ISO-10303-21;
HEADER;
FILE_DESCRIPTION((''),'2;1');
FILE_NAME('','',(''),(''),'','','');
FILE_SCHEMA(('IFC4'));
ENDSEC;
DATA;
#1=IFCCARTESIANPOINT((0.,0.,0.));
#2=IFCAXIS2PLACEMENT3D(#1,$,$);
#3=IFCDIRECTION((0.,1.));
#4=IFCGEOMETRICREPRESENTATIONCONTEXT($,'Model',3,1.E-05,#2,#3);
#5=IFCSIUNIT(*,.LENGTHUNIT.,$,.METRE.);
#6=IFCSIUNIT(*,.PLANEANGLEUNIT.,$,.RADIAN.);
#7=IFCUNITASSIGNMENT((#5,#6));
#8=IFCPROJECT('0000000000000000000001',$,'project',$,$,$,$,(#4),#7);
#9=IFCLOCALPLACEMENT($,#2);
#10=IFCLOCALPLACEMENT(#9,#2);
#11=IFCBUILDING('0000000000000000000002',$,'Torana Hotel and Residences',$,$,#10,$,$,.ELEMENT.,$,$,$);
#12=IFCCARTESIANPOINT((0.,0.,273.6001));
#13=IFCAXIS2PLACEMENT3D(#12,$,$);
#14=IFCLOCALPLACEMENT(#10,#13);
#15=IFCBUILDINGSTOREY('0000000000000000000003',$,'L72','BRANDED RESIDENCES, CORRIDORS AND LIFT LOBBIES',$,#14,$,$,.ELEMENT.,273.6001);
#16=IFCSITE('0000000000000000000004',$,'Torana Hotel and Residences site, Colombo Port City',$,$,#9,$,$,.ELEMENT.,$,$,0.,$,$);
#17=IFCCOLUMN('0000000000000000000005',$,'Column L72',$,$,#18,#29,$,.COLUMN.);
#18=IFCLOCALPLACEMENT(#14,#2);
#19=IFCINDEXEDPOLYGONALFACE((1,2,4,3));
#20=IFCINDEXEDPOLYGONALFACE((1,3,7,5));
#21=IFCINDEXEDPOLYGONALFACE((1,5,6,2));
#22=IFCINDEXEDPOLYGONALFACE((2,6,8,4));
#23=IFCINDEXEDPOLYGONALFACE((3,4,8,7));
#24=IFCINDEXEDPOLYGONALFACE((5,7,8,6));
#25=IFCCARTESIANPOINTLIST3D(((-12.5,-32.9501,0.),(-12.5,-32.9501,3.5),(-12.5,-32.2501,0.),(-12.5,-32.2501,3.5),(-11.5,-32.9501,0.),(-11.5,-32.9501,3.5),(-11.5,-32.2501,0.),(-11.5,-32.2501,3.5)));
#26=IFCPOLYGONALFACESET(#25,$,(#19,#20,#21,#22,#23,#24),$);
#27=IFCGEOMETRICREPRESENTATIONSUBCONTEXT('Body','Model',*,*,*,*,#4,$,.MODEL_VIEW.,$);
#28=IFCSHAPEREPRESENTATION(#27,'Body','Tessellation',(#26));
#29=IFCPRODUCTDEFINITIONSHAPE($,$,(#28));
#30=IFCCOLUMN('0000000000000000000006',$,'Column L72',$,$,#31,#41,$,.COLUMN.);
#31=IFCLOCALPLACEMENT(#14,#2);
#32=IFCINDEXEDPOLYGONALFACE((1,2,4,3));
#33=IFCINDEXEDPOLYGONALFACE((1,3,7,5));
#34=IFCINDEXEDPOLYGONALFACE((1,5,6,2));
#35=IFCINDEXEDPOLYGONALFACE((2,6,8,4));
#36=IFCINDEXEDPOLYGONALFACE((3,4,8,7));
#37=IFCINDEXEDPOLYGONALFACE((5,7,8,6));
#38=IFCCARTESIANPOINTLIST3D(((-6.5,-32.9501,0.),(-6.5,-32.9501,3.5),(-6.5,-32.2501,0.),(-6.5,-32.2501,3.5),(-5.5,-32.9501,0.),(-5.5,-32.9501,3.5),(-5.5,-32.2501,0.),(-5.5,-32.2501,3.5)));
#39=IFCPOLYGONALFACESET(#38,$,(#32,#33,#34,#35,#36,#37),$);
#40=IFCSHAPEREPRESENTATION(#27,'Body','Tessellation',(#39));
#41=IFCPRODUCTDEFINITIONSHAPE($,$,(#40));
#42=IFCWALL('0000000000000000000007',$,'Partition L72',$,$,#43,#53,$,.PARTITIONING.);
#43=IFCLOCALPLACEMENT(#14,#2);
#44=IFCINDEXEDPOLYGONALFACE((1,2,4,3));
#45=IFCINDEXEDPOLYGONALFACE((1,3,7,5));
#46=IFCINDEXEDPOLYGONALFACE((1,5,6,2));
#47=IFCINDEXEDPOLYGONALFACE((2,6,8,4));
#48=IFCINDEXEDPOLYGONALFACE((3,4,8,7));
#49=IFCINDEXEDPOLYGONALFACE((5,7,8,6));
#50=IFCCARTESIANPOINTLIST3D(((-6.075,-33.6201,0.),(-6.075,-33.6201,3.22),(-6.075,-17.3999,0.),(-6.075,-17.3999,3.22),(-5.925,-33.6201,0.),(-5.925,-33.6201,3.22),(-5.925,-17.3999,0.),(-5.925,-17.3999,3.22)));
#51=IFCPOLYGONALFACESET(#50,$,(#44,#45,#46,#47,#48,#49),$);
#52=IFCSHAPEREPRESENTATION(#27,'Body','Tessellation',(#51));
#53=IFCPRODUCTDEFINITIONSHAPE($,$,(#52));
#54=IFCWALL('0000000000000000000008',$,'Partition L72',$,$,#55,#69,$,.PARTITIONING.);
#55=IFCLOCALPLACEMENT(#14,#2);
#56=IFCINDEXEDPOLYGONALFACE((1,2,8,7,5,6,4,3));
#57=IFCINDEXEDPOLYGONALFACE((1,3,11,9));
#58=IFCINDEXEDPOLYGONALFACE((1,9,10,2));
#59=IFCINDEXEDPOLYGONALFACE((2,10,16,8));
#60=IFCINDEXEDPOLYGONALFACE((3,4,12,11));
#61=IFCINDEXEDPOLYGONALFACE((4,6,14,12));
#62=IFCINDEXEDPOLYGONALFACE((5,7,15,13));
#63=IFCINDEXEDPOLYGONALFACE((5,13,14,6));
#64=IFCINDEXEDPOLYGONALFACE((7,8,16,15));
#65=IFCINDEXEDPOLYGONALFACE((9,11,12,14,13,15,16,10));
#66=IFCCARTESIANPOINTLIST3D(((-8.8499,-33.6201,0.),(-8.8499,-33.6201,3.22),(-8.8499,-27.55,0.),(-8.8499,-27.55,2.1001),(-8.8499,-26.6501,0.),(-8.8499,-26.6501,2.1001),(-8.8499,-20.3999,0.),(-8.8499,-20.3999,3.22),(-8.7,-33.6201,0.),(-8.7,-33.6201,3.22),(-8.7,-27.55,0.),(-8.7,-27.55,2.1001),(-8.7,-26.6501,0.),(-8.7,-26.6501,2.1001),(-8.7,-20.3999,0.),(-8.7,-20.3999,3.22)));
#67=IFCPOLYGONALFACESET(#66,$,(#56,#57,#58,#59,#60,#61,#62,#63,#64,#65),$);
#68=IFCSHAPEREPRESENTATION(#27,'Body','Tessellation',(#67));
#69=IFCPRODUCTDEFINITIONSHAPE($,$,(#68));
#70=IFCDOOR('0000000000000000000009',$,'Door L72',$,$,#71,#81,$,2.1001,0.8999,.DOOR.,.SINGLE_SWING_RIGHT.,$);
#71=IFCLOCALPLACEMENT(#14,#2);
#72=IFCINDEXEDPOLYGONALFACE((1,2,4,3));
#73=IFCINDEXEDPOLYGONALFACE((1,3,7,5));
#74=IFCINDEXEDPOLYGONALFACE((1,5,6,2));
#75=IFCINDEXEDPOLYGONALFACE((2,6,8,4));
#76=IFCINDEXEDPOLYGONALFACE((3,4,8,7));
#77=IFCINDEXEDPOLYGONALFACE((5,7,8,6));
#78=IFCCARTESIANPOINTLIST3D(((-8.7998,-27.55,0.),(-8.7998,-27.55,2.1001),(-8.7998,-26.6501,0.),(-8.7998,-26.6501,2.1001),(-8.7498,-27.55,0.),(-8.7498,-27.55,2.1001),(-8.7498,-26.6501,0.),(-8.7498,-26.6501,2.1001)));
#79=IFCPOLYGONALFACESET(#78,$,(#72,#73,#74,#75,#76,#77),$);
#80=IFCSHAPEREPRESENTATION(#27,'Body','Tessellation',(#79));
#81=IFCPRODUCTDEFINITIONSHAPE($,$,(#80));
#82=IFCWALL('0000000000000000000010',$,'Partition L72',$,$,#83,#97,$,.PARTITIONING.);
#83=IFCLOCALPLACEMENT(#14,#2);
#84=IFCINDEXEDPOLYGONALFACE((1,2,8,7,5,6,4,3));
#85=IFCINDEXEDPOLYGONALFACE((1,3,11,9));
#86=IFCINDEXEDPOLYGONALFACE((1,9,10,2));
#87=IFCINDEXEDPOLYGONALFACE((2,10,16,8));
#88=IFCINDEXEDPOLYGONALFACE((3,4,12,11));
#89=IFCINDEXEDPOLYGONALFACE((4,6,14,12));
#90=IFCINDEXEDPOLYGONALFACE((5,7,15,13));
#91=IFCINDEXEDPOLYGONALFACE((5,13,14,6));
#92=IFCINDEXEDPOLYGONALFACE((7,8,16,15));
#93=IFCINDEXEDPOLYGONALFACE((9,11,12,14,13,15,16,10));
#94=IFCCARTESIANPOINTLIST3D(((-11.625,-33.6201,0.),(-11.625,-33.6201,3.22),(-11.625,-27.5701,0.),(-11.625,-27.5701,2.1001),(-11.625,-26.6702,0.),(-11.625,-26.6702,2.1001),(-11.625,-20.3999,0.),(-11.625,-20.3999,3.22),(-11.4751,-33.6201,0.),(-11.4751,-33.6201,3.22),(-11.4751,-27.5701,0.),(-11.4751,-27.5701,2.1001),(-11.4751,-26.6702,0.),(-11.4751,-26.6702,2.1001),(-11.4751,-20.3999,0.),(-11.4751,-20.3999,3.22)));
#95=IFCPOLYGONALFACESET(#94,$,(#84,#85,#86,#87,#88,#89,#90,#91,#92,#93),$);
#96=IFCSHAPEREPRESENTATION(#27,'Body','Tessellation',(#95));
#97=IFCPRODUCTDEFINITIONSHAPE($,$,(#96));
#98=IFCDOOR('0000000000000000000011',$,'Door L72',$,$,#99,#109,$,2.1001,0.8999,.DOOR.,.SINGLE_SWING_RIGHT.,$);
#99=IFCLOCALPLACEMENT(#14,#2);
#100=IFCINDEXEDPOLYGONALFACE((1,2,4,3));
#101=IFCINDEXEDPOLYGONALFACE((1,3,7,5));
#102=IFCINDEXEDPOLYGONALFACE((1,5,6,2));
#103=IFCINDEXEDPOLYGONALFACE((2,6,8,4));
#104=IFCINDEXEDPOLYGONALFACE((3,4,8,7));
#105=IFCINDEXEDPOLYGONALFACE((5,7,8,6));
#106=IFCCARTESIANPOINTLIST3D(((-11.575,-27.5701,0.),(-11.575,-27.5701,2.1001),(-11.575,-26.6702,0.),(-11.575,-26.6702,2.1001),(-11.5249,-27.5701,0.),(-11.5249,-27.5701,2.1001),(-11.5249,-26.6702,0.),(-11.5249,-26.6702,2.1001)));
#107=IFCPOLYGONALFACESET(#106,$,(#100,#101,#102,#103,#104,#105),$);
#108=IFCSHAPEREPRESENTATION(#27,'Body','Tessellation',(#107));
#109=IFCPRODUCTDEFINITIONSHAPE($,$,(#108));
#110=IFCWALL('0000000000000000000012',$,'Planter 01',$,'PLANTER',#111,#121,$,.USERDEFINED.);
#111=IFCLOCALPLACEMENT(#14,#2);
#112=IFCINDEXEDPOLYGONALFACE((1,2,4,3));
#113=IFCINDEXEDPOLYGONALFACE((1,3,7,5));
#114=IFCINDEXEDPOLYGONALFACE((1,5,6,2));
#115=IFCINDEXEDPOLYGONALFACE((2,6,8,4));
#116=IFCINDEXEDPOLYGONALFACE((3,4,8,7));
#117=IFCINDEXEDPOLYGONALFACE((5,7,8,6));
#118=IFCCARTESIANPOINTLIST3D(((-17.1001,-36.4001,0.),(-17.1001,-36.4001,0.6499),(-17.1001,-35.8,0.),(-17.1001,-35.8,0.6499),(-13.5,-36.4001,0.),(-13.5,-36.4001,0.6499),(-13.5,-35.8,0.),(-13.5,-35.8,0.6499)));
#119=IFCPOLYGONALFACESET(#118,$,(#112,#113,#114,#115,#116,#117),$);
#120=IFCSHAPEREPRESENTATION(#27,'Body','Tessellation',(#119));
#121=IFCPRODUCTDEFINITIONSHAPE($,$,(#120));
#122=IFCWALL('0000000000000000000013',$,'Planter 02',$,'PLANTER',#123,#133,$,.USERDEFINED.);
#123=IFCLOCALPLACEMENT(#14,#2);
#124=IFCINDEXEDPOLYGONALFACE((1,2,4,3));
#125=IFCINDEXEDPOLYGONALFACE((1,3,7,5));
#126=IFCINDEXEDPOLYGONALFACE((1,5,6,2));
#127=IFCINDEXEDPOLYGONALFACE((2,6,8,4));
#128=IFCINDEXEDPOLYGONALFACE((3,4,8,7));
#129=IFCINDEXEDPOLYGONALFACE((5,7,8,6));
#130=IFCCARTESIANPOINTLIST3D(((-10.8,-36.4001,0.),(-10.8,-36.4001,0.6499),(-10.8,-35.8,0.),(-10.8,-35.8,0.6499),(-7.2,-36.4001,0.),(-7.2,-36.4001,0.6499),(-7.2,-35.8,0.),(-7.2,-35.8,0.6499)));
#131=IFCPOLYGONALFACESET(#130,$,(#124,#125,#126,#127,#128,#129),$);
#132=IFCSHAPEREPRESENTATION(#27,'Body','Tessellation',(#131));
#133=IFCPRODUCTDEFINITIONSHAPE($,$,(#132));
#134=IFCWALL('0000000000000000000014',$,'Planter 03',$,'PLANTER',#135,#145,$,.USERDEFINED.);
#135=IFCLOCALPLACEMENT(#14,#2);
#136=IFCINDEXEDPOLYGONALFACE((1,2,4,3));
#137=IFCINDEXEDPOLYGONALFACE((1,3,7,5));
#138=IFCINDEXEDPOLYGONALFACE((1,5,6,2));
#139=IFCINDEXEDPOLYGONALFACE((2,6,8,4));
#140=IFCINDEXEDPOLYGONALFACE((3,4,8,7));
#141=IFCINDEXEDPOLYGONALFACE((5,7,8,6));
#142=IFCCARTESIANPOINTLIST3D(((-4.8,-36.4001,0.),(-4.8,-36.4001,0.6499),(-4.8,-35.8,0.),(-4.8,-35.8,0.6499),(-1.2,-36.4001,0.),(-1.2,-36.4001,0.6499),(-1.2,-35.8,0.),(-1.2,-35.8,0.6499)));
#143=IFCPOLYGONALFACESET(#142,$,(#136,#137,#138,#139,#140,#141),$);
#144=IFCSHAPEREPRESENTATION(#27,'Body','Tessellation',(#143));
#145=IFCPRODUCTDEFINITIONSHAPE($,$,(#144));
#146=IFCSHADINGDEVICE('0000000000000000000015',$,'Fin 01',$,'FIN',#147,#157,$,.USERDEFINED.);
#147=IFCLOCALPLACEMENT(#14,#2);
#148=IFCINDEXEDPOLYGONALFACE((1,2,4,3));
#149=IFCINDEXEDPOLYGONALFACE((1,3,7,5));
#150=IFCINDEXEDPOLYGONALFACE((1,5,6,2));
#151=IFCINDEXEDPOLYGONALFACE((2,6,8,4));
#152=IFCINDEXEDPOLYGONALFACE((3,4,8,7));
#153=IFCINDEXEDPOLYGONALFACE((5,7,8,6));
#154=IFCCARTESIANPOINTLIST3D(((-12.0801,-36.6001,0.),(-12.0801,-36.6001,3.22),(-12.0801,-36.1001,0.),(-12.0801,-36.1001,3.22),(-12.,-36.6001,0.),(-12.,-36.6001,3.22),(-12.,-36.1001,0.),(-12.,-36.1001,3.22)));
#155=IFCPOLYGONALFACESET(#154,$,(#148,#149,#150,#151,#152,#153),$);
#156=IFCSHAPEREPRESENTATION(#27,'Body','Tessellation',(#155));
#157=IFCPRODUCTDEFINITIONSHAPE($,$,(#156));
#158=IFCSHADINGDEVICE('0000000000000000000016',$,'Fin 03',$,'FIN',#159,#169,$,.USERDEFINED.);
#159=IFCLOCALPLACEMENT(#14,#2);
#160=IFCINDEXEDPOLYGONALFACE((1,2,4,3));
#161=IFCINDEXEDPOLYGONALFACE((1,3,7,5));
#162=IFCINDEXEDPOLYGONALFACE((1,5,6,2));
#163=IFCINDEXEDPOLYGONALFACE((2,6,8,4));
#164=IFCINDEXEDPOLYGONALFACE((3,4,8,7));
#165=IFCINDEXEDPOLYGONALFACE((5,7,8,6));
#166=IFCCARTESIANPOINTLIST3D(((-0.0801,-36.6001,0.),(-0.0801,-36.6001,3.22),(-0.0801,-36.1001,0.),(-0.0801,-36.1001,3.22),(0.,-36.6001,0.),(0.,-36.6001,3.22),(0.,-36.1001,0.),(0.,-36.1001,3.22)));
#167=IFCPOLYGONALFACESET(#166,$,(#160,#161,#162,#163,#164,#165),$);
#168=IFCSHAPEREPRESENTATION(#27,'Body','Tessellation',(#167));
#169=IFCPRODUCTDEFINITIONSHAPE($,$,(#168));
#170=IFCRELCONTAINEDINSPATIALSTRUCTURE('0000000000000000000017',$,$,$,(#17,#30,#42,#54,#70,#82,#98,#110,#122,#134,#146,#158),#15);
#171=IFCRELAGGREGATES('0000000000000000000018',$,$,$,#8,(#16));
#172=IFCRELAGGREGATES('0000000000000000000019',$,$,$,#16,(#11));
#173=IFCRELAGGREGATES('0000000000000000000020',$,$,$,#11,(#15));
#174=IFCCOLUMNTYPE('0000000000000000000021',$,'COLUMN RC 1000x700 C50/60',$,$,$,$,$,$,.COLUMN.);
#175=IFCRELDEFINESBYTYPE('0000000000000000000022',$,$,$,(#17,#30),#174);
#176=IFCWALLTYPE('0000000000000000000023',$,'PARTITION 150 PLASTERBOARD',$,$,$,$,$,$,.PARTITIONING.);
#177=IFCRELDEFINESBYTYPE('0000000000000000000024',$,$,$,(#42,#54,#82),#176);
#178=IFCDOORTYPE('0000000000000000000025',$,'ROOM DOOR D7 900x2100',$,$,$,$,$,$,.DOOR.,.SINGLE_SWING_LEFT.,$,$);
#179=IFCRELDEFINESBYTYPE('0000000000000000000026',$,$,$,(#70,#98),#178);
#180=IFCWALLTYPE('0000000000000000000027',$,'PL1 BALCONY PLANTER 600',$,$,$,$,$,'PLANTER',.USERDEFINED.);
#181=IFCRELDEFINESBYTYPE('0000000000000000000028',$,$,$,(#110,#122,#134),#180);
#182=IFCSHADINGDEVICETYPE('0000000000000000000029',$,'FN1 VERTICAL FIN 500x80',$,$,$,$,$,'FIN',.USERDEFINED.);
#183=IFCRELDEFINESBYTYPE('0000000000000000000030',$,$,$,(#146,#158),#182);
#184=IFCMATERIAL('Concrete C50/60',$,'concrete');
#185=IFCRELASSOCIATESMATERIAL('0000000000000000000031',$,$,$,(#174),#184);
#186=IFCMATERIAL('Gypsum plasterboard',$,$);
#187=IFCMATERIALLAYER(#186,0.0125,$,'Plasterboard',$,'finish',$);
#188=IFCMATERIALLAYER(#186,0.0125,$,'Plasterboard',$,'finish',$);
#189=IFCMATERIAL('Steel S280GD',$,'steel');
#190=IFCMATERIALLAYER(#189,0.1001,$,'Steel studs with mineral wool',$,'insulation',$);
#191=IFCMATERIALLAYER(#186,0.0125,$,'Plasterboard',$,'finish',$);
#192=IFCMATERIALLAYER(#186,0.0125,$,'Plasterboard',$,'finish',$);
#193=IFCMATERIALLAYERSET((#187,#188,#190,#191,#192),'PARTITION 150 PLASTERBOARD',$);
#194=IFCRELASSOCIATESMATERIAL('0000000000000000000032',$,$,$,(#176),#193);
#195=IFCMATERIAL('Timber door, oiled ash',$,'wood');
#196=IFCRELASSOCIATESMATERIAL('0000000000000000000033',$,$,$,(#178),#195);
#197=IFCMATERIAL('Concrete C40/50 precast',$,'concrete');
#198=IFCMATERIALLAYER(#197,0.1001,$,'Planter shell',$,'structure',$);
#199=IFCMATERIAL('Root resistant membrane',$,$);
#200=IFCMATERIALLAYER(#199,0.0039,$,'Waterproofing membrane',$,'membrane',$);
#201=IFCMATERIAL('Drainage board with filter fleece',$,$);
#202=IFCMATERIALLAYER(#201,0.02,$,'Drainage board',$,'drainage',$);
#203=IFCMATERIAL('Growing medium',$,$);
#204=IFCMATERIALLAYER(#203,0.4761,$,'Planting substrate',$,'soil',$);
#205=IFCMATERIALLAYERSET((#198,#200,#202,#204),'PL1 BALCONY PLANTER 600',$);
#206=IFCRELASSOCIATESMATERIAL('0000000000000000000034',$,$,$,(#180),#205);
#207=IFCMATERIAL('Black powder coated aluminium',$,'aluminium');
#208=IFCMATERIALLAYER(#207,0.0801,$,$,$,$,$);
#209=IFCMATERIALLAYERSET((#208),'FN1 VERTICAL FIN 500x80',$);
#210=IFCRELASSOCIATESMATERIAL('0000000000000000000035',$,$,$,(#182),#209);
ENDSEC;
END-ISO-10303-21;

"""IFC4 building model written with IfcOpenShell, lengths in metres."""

from ifc_helpers import new_model, si_unit, direction, frame, frame_2d, origin, origin_2d, place, context, subcontext, project, spatial, rectangle, extrude, material, layer, layer_set, material_profile, profile_set, type_object, element, fill, save


model = new_model("IFC4")

# Units and contexts
model_context = context("Model", 3, precision=1e-05, world=origin(), true_north=direction((0.0, 1.0)))
body_context = subcontext(model_context, "Body", "Model", "MODEL_VIEW")
ifc_project = project(units=[si_unit("LENGTHUNIT", "METRE"), si_unit("PLANEANGLEUNIT", "RADIAN")], contexts=[model_context])

# Site, building, storey
site_placement = place(None, origin())
site = spatial("IfcSite", under=ifc_project, at=site_placement, Name="Torana Hotel and Residences site, Colombo Port City", CompositionType="ELEMENT", RefElevation=0.0)
building_placement = place(site_placement, origin())
building = spatial("IfcBuilding", under=site, at=building_placement, Name="Torana Hotel and Residences", CompositionType="ELEMENT")
storey_placement = place(building_placement, frame((0.0, 0.0, 273.6001)))
storey = spatial("IfcBuildingStorey", under=building, at=storey_placement, Name="L72", Description="BRANDED RESIDENCES, CORRIDORS AND LIFT LOBBIES", CompositionType="ELEMENT", Elevation=273.6001)

# Columns
ifc_material_1 = material(Name="Concrete C50/60", Category="concrete")
ifc_material_profile = material_profile(ifc_material_1, rectangle(XDim=1.0, YDim=0.7, at=origin_2d()), Name="RC 1000x700")
ifc_profile_set = profile_set([ifc_material_profile], Name="Concrete C50/60")
column_type = type_object("IfcColumnType", Name="COLUMN RC 1000x700 C50/60", PredefinedType="COLUMN", material=ifc_profile_set)
for number, where, z_axis, x_axis, name in (
    (1, (-12.0, -32.6001, 0.0), (0.0, 0.0, 1.0), (1.0, 0.0, 0.0), "Column L72"),
    (2, (-6.0, -32.6001, 0.0), (0.0, 0.0, 1.0), (1.0, 0.0, 0.0), "Column L72"),
):
    element("IfcColumn", number, at=place(storey_placement, frame(where, z_axis=z_axis, x_axis=x_axis)), inside=storey, type_object=column_type, Name=name, PredefinedType="COLUMN", context=body_context, shape_type="SweptSolid", body=[
        extrude(rectangle(XDim=1.0, YDim=0.7, at=origin_2d()), origin(), (0.0, 0.0, 1.0), 3.5),
    ])

# Wall
ifc_material_2 = material(Name="Gypsum plasterboard")
ifc_layer_1 = layer(ifc_material_2, 0.0125, Name="Plasterboard", Category="finish")
ifc_layer_2 = layer(ifc_material_2, 0.0125, Name="Plasterboard", Category="finish")
ifc_material_3 = material(Name="Steel S280GD", Category="steel")
ifc_layer_3 = layer(ifc_material_3, 0.1001, Name="Steel studs with mineral wool", Category="insulation")
ifc_layer_4 = layer(ifc_material_2, 0.0125, Name="Plasterboard", Category="finish")
ifc_layer_5 = layer(ifc_material_2, 0.0125, Name="Plasterboard", Category="finish")
ifc_layer_set_1 = layer_set([ifc_layer_1, ifc_layer_2, ifc_layer_3, ifc_layer_4, ifc_layer_5], Name="PARTITION 150 PLASTERBOARD")
wall_type_1 = type_object("IfcWallType", Name="PARTITION 150 PLASTERBOARD", PredefinedType="PARTITIONING", material=ifc_layer_set_1)
wall_1_placement = place(storey_placement, frame((-6.0, -33.6201, 0.0), z_axis=(0.0, 0.0, 1.0), x_axis=(0.0, 1.0, 0.0)))
element("IfcWall", 3, at=wall_1_placement, inside=storey, type_object=wall_type_1, Name="Partition L72", PredefinedType="PARTITIONING", context=body_context, shape_type="SweptSolid", body=[
    extrude(rectangle(XDim=16.2202, YDim=0.1499, at=frame_2d((8.1101, 0.0))), origin(), (0.0, 0.0, 1.0), 3.22),
])

# Walls, openings, doors
wall_2_placement = place(storey_placement, frame((-8.7749, -33.6201, 0.0), z_axis=(0.0, 0.0, 1.0), x_axis=(0.0, 1.0, 0.0)))
wall_2 = element("IfcWall", 4, at=wall_2_placement, inside=storey, type_object=wall_type_1, Name="Partition L72", PredefinedType="PARTITIONING", context=body_context, shape_type="SweptSolid", body=[
    extrude(rectangle(XDim=13.2202, YDim=0.1499, at=frame_2d((6.6101, 0.0))), origin(), (0.0, 0.0, 1.0), 3.22),
])
opening_1_placement = place(wall_2_placement, frame((6.0701, 0.0, 0.0)))
opening_1 = element("IfcOpeningElement", 5, at=opening_1_placement, cuts=wall_2, PredefinedType="OPENING", context=body_context, shape_type="SweptSolid", body=[
    extrude(rectangle(XDim=0.8999, YDim=2.1001, at=frame_2d((0.45, 1.05))), frame((0.0, 0.085, 0.0), z_axis=(0.0, -1.0, 0.0), x_axis=(1.0, 0.0, 0.0)), (0.0, 0.0, 1.0), 0.1699),
])
ifc_material_4 = material(Name="Timber door, oiled ash", Category="wood")
door_type = type_object("IfcDoorType", Name="ROOM DOOR D7 900x2100", OperationType="SINGLE_SWING_LEFT", PredefinedType="DOOR", material=ifc_material_4)
door_1_placement = place(opening_1_placement, origin())
door_1 = element("IfcDoor", 6, at=door_1_placement, inside=storey, type_object=door_type, Name="Door L72", OperationType="SINGLE_SWING_RIGHT", OverallHeight=2.1001, OverallWidth=0.8999, PredefinedType="DOOR", context=body_context, shape_type="SweptSolid", body=[
    extrude(rectangle(XDim=0.8999, YDim=2.1001, at=frame_2d((0.45, 1.05))), frame((0.0, 0.0249, 0.0), z_axis=(0.0, -1.0, 0.0), x_axis=(1.0, 0.0, 0.0)), (0.0, 0.0, 1.0), 0.05),
])
fill(opening_1, door_1)
wall_3_placement = place(storey_placement, frame((-11.55, -33.6201, 0.0), z_axis=(0.0, 0.0, 1.0), x_axis=(0.0, 1.0, 0.0)))
wall_3 = element("IfcWall", 7, at=wall_3_placement, inside=storey, type_object=wall_type_1, Name="Partition L72", PredefinedType="PARTITIONING", context=body_context, shape_type="SweptSolid", body=[
    extrude(rectangle(XDim=13.2202, YDim=0.1499, at=frame_2d((6.6101, 0.0))), origin(), (0.0, 0.0, 1.0), 3.22),
])
opening_2_placement = place(wall_3_placement, frame((6.05, 0.0, 0.0)))
opening_2 = element("IfcOpeningElement", 8, at=opening_2_placement, cuts=wall_3, PredefinedType="OPENING", context=body_context, shape_type="SweptSolid", body=[
    extrude(rectangle(XDim=0.8999, YDim=2.1001, at=frame_2d((0.45, 1.05))), frame((0.0, 0.085, 0.0), z_axis=(0.0, -1.0, 0.0), x_axis=(1.0, 0.0, 0.0)), (0.0, 0.0, 1.0), 0.1699),
])
door_2_placement = place(opening_2_placement, origin())
door_2 = element("IfcDoor", 9, at=door_2_placement, inside=storey, type_object=door_type, Name="Door L72", OperationType="SINGLE_SWING_RIGHT", OverallHeight=2.1001, OverallWidth=0.8999, PredefinedType="DOOR", context=body_context, shape_type="SweptSolid", body=[
    extrude(rectangle(XDim=0.8999, YDim=2.1001, at=frame_2d((0.45, 1.05))), frame((0.0, 0.0249, 0.0), z_axis=(0.0, -1.0, 0.0), x_axis=(1.0, 0.0, 0.0)), (0.0, 0.0, 1.0), 0.05),
])
fill(opening_2, door_2)

# Walls
ifc_material_5 = material(Name="Concrete C40/50 precast", Category="concrete")
ifc_layer_6 = layer(ifc_material_5, 0.1001, Name="Planter shell", Category="structure")
ifc_material_6 = material(Name="Root resistant membrane")
ifc_layer_7 = layer(ifc_material_6, 0.0039, Name="Waterproofing membrane", Category="membrane")
ifc_material_7 = material(Name="Drainage board with filter fleece")
ifc_layer_8 = layer(ifc_material_7, 0.02, Name="Drainage board", Category="drainage")
ifc_material_8 = material(Name="Growing medium")
ifc_layer_9 = layer(ifc_material_8, 0.4761, Name="Planting substrate", Category="soil")
ifc_layer_set_2 = layer_set([ifc_layer_6, ifc_layer_7, ifc_layer_8, ifc_layer_9], Name="PL1 BALCONY PLANTER 600")
wall_type_2 = type_object("IfcWallType", Name="PL1 BALCONY PLANTER 600", ElementType="PLANTER", PredefinedType="USERDEFINED", material=ifc_layer_set_2)
for number, where, z_axis, x_axis, name in (
    (10, (-13.5, -36.1001, 0.0), (0.0, 0.0, 1.0), (-1.0, 0.0, 0.0), "Planter 01"),
    (11, (-7.2, -36.1001, 0.0), (0.0, 0.0, 1.0), (-1.0, 0.0, 0.0), "Planter 02"),
    (12, (-1.2, -36.1001, 0.0), (0.0, 0.0, 1.0), (-1.0, 0.0, 0.0), "Planter 03"),
):
    element("IfcWall", number, at=place(storey_placement, frame(where, z_axis=z_axis, x_axis=x_axis)), inside=storey, type_object=wall_type_2, Name=name, ObjectType="PLANTER", PredefinedType="USERDEFINED", context=body_context, shape_type="SweptSolid", body=[
        extrude(rectangle(XDim=3.6001, YDim=0.6001, at=frame_2d((1.8, 0.0))), origin(), (0.0, 0.0, 1.0), 0.6499),
    ])

# Shading devices
ifc_material_9 = material(Name="Black powder coated aluminium", Category="aluminium")
ifc_layer_10 = layer(ifc_material_9, 0.0801)
ifc_layer_set_3 = layer_set([ifc_layer_10], Name="FN1 VERTICAL FIN 500x80")
shading_device_type = type_object("IfcShadingDeviceType", Name="FN1 VERTICAL FIN 500x80", ElementType="FIN", PredefinedType="USERDEFINED", material=ifc_layer_set_3)
for number, where, z_axis, x_axis, name in (
    (13, (-12.04, -36.3501, 0.0), (0.0, 0.0, 1.0), (-1.0, 0.0, 0.0), "Fin 01"),
    (14, (-0.04, -36.3501, 0.0), (0.0, 0.0, 1.0), (-1.0, 0.0, 0.0), "Fin 03"),
):
    element("IfcShadingDevice", number, at=place(storey_placement, frame(where, z_axis=z_axis, x_axis=x_axis)), inside=storey, type_object=shading_device_type, Name=name, ObjectType="FIN", PredefinedType="USERDEFINED", context=body_context, shape_type="SweptSolid", body=[
        extrude(rectangle(XDim=0.0801, YDim=0.5, at=origin_2d()), origin(), (0.0, 0.0, 1.0), 3.22),
    ])

save(model, "model.ifc")
